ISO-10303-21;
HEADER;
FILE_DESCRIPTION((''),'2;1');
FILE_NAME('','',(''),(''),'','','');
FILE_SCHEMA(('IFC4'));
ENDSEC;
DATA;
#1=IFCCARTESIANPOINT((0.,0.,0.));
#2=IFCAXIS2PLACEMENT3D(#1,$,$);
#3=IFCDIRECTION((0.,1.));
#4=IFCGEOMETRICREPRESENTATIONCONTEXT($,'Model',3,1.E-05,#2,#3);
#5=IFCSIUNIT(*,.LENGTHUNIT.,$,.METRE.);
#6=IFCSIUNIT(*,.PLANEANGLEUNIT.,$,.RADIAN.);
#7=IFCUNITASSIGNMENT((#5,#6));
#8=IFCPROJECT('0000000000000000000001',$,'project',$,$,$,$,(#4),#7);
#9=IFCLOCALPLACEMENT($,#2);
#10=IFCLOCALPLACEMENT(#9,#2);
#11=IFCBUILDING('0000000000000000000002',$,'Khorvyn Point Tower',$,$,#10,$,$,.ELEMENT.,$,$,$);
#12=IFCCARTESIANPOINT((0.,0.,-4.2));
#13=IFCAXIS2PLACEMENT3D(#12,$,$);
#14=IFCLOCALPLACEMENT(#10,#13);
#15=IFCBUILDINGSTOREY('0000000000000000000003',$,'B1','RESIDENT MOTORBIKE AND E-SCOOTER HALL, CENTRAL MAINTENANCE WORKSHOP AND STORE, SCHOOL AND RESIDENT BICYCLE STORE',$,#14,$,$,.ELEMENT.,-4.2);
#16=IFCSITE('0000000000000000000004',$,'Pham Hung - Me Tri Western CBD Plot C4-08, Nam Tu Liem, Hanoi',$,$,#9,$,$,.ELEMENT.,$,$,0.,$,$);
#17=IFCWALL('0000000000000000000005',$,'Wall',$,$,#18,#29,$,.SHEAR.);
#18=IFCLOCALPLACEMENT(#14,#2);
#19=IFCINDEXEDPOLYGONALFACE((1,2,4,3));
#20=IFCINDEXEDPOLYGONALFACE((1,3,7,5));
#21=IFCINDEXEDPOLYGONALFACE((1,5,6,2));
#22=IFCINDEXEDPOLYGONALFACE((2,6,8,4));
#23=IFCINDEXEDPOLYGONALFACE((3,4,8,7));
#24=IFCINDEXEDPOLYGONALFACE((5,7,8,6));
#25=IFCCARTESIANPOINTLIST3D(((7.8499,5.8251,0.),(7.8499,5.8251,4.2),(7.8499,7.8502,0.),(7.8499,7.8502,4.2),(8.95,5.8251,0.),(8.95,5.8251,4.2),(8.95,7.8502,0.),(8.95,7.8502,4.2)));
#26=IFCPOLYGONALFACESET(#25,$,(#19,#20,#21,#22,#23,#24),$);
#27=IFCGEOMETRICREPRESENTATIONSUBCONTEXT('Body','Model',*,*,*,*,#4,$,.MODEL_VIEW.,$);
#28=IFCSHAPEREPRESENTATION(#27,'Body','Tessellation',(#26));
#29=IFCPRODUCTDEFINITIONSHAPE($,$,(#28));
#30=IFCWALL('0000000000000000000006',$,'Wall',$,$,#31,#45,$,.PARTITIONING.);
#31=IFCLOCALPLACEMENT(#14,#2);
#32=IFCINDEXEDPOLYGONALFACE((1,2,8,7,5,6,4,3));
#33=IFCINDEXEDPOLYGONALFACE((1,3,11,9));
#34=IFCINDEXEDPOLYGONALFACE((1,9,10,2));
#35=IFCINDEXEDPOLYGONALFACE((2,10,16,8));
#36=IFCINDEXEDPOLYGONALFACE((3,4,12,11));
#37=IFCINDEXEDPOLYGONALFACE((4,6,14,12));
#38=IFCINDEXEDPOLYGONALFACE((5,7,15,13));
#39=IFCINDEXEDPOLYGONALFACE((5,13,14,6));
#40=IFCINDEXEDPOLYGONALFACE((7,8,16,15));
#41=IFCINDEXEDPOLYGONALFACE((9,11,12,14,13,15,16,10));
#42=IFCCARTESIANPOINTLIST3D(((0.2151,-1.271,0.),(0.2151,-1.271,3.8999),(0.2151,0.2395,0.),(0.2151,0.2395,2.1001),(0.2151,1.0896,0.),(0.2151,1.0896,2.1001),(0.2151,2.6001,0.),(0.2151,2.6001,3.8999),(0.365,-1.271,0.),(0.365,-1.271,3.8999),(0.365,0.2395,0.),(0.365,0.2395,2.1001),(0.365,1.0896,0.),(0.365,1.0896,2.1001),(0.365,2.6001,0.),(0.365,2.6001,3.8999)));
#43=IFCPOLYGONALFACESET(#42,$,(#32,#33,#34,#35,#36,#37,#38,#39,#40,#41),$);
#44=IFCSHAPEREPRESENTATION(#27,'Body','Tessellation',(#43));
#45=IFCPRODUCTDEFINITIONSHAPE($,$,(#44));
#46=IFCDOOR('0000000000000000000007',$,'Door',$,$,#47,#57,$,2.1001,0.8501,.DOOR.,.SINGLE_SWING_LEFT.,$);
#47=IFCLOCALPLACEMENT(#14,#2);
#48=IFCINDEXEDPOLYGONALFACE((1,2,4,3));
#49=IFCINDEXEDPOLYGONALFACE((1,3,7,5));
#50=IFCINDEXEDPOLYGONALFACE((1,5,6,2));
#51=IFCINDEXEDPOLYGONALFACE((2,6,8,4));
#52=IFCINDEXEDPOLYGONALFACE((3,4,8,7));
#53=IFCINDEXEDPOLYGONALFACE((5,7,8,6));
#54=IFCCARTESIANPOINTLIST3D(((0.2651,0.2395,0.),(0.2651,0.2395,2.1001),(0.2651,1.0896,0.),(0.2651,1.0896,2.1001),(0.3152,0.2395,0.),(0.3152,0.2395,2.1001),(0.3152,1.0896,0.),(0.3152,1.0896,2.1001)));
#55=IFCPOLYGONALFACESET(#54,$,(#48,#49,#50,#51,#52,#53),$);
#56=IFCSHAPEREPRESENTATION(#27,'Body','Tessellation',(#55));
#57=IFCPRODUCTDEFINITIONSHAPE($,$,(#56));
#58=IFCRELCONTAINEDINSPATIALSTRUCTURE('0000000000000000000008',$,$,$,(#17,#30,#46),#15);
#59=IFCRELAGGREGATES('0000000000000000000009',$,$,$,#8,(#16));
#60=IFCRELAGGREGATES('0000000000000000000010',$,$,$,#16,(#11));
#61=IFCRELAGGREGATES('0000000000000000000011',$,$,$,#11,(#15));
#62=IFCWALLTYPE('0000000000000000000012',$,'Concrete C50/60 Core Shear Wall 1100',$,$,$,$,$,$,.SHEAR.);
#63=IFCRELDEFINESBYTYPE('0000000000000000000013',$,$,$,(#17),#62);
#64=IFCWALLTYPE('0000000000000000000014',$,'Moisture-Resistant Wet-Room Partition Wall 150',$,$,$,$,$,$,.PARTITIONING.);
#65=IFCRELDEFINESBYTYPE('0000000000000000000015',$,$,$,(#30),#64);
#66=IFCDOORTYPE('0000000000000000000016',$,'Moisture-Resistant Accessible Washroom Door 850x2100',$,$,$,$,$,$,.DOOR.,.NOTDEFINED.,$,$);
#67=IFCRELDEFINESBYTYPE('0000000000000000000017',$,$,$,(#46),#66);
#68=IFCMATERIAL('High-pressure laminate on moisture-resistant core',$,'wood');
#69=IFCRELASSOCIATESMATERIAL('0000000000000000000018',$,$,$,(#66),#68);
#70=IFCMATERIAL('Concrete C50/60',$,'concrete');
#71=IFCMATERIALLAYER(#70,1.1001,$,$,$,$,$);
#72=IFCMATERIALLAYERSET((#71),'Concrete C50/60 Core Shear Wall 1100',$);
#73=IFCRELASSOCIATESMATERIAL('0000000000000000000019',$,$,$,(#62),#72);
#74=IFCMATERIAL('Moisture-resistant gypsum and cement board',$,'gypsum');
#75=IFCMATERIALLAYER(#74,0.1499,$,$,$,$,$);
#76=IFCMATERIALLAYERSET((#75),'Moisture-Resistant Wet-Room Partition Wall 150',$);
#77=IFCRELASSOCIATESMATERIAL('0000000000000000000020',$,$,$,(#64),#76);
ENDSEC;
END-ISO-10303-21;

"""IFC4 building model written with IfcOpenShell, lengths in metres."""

from ifc_helpers import new_model, si_unit, direction, frame, frame_2d, origin, place, context, subcontext, project, spatial, rectangle, extrude, material, layer, layer_set, type_object, element, fill, save


model = new_model("IFC4")

# Units and contexts
model_context = context("Model", 3, precision=1e-05, world=origin(), true_north=direction((0.0, 1.0)))
body_context = subcontext(model_context, "Body", "Model", "MODEL_VIEW")
ifc_project = project(units=[si_unit("LENGTHUNIT", "METRE"), si_unit("PLANEANGLEUNIT", "RADIAN")], contexts=[model_context])

# Site, building, storey
site_placement = place(None, origin())
site = spatial("IfcSite", under=ifc_project, at=site_placement, Name="Pham Hung - Me Tri Western CBD Plot C4-08, Nam Tu Liem, Hanoi", CompositionType="ELEMENT", RefElevation=0.0)
building_placement = place(site_placement, origin())
building = spatial("IfcBuilding", under=site, at=building_placement, Name="Khorvyn Point Tower", CompositionType="ELEMENT")
storey_placement = place(building_placement, frame((0.0, 0.0, -4.2)))
storey = spatial("IfcBuildingStorey", under=building, at=storey_placement, Name="B1", Description="RESIDENT MOTORBIKE AND E-SCOOTER HALL, CENTRAL MAINTENANCE WORKSHOP AND STORE, SCHOOL AND RESIDENT BICYCLE STORE", CompositionType="ELEMENT", Elevation=-4.2)

# Shared definitions
ifc_material_1 = material(Name="High-pressure laminate on moisture-resistant core", Category="wood")
door_type_1 = type_object("IfcDoorType", Name="Moisture-Resistant Accessible Washroom Door 850x2100", OperationType="NOTDEFINED", PredefinedType="DOOR", material=ifc_material_1)

# Wall
ifc_material_2 = material(Name="Concrete C50/60", Category="concrete")
ifc_layer_1 = layer(ifc_material_2, 1.1001)
ifc_layer_set_1 = layer_set([ifc_layer_1], Name="Concrete C50/60 Core Shear Wall 1100")
wall_type_1 = type_object("IfcWallType", Name="Concrete C50/60 Core Shear Wall 1100", PredefinedType="SHEAR", material=ifc_layer_set_1)
wall_1_placement = place(storey_placement, frame((8.3999, 5.825, 0.0), z_axis=(0.0, 0.0, 1.0), x_axis=(0.0, 1.0, 0.0)))
element("IfcWall", 1, at=wall_1_placement, inside=storey, type_object=wall_type_1, Name="Wall", PredefinedType="SHEAR", context=body_context, shape_type="SweptSolid", body=[
    extrude(rectangle(XDim=2.0251, YDim=1.1001, at=frame_2d((1.0127, 0.0))), origin(), (0.0, 0.0, 1.0), 4.2),
])

# Wall, opening, door
ifc_material_3 = material(Name="Moisture-resistant gypsum and cement board", Category="gypsum")
ifc_layer_2 = layer(ifc_material_3, 0.1499)
ifc_layer_set_2 = layer_set([ifc_layer_2], Name="Moisture-Resistant Wet-Room Partition Wall 150")
wall_type_2 = type_object("IfcWallType", Name="Moisture-Resistant Wet-Room Partition Wall 150", PredefinedType="PARTITIONING", material=ifc_layer_set_2)
wall_2_placement = place(storey_placement, frame((0.29, -1.271, 0.0), z_axis=(0.0, 0.0, 1.0), x_axis=(0.0, 1.0, 0.0)))
wall_2 = element("IfcWall", 2, at=wall_2_placement, inside=storey, type_object=wall_type_2, Name="Wall", PredefinedType="PARTITIONING", context=body_context, shape_type="SweptSolid", body=[
    extrude(rectangle(XDim=3.8711, YDim=0.1499, at=frame_2d((1.9355, 0.0))), origin(), (0.0, 0.0, 1.0), 3.8999),
])
opening_1_placement = place(wall_2_placement, frame((1.5105, 0.0, 0.0)))
opening_1 = element("IfcOpeningElement", 3, at=opening_1_placement, cuts=wall_2, PredefinedType="OPENING", context=body_context, shape_type="SweptSolid", body=[
    extrude(rectangle(XDim=0.8501, YDim=2.1001, at=frame_2d((0.425, 1.05))), frame((0.0, 0.085, 0.0), z_axis=(0.0, -1.0, 0.0), x_axis=(1.0, 0.0, 0.0)), (0.0, 0.0, 1.0), 0.1699),
])
door_1_placement = place(opening_1_placement, origin())
door_1 = element("IfcDoor", 4, at=door_1_placement, inside=storey, type_object=door_type_1, Name="Door", OperationType="SINGLE_SWING_LEFT", OverallHeight=2.1001, OverallWidth=0.8501, PredefinedType="DOOR", context=body_context, shape_type="SweptSolid", body=[
    extrude(rectangle(XDim=0.8501, YDim=2.1001, at=frame_2d((0.425, 1.05))), frame((0.0, 0.0249, 0.0), z_axis=(0.0, -1.0, 0.0), x_axis=(1.0, 0.0, 0.0)), (0.0, 0.0, 1.0), 0.05),
])
fill(opening_1, door_1)

save(model, "model.ifc")
